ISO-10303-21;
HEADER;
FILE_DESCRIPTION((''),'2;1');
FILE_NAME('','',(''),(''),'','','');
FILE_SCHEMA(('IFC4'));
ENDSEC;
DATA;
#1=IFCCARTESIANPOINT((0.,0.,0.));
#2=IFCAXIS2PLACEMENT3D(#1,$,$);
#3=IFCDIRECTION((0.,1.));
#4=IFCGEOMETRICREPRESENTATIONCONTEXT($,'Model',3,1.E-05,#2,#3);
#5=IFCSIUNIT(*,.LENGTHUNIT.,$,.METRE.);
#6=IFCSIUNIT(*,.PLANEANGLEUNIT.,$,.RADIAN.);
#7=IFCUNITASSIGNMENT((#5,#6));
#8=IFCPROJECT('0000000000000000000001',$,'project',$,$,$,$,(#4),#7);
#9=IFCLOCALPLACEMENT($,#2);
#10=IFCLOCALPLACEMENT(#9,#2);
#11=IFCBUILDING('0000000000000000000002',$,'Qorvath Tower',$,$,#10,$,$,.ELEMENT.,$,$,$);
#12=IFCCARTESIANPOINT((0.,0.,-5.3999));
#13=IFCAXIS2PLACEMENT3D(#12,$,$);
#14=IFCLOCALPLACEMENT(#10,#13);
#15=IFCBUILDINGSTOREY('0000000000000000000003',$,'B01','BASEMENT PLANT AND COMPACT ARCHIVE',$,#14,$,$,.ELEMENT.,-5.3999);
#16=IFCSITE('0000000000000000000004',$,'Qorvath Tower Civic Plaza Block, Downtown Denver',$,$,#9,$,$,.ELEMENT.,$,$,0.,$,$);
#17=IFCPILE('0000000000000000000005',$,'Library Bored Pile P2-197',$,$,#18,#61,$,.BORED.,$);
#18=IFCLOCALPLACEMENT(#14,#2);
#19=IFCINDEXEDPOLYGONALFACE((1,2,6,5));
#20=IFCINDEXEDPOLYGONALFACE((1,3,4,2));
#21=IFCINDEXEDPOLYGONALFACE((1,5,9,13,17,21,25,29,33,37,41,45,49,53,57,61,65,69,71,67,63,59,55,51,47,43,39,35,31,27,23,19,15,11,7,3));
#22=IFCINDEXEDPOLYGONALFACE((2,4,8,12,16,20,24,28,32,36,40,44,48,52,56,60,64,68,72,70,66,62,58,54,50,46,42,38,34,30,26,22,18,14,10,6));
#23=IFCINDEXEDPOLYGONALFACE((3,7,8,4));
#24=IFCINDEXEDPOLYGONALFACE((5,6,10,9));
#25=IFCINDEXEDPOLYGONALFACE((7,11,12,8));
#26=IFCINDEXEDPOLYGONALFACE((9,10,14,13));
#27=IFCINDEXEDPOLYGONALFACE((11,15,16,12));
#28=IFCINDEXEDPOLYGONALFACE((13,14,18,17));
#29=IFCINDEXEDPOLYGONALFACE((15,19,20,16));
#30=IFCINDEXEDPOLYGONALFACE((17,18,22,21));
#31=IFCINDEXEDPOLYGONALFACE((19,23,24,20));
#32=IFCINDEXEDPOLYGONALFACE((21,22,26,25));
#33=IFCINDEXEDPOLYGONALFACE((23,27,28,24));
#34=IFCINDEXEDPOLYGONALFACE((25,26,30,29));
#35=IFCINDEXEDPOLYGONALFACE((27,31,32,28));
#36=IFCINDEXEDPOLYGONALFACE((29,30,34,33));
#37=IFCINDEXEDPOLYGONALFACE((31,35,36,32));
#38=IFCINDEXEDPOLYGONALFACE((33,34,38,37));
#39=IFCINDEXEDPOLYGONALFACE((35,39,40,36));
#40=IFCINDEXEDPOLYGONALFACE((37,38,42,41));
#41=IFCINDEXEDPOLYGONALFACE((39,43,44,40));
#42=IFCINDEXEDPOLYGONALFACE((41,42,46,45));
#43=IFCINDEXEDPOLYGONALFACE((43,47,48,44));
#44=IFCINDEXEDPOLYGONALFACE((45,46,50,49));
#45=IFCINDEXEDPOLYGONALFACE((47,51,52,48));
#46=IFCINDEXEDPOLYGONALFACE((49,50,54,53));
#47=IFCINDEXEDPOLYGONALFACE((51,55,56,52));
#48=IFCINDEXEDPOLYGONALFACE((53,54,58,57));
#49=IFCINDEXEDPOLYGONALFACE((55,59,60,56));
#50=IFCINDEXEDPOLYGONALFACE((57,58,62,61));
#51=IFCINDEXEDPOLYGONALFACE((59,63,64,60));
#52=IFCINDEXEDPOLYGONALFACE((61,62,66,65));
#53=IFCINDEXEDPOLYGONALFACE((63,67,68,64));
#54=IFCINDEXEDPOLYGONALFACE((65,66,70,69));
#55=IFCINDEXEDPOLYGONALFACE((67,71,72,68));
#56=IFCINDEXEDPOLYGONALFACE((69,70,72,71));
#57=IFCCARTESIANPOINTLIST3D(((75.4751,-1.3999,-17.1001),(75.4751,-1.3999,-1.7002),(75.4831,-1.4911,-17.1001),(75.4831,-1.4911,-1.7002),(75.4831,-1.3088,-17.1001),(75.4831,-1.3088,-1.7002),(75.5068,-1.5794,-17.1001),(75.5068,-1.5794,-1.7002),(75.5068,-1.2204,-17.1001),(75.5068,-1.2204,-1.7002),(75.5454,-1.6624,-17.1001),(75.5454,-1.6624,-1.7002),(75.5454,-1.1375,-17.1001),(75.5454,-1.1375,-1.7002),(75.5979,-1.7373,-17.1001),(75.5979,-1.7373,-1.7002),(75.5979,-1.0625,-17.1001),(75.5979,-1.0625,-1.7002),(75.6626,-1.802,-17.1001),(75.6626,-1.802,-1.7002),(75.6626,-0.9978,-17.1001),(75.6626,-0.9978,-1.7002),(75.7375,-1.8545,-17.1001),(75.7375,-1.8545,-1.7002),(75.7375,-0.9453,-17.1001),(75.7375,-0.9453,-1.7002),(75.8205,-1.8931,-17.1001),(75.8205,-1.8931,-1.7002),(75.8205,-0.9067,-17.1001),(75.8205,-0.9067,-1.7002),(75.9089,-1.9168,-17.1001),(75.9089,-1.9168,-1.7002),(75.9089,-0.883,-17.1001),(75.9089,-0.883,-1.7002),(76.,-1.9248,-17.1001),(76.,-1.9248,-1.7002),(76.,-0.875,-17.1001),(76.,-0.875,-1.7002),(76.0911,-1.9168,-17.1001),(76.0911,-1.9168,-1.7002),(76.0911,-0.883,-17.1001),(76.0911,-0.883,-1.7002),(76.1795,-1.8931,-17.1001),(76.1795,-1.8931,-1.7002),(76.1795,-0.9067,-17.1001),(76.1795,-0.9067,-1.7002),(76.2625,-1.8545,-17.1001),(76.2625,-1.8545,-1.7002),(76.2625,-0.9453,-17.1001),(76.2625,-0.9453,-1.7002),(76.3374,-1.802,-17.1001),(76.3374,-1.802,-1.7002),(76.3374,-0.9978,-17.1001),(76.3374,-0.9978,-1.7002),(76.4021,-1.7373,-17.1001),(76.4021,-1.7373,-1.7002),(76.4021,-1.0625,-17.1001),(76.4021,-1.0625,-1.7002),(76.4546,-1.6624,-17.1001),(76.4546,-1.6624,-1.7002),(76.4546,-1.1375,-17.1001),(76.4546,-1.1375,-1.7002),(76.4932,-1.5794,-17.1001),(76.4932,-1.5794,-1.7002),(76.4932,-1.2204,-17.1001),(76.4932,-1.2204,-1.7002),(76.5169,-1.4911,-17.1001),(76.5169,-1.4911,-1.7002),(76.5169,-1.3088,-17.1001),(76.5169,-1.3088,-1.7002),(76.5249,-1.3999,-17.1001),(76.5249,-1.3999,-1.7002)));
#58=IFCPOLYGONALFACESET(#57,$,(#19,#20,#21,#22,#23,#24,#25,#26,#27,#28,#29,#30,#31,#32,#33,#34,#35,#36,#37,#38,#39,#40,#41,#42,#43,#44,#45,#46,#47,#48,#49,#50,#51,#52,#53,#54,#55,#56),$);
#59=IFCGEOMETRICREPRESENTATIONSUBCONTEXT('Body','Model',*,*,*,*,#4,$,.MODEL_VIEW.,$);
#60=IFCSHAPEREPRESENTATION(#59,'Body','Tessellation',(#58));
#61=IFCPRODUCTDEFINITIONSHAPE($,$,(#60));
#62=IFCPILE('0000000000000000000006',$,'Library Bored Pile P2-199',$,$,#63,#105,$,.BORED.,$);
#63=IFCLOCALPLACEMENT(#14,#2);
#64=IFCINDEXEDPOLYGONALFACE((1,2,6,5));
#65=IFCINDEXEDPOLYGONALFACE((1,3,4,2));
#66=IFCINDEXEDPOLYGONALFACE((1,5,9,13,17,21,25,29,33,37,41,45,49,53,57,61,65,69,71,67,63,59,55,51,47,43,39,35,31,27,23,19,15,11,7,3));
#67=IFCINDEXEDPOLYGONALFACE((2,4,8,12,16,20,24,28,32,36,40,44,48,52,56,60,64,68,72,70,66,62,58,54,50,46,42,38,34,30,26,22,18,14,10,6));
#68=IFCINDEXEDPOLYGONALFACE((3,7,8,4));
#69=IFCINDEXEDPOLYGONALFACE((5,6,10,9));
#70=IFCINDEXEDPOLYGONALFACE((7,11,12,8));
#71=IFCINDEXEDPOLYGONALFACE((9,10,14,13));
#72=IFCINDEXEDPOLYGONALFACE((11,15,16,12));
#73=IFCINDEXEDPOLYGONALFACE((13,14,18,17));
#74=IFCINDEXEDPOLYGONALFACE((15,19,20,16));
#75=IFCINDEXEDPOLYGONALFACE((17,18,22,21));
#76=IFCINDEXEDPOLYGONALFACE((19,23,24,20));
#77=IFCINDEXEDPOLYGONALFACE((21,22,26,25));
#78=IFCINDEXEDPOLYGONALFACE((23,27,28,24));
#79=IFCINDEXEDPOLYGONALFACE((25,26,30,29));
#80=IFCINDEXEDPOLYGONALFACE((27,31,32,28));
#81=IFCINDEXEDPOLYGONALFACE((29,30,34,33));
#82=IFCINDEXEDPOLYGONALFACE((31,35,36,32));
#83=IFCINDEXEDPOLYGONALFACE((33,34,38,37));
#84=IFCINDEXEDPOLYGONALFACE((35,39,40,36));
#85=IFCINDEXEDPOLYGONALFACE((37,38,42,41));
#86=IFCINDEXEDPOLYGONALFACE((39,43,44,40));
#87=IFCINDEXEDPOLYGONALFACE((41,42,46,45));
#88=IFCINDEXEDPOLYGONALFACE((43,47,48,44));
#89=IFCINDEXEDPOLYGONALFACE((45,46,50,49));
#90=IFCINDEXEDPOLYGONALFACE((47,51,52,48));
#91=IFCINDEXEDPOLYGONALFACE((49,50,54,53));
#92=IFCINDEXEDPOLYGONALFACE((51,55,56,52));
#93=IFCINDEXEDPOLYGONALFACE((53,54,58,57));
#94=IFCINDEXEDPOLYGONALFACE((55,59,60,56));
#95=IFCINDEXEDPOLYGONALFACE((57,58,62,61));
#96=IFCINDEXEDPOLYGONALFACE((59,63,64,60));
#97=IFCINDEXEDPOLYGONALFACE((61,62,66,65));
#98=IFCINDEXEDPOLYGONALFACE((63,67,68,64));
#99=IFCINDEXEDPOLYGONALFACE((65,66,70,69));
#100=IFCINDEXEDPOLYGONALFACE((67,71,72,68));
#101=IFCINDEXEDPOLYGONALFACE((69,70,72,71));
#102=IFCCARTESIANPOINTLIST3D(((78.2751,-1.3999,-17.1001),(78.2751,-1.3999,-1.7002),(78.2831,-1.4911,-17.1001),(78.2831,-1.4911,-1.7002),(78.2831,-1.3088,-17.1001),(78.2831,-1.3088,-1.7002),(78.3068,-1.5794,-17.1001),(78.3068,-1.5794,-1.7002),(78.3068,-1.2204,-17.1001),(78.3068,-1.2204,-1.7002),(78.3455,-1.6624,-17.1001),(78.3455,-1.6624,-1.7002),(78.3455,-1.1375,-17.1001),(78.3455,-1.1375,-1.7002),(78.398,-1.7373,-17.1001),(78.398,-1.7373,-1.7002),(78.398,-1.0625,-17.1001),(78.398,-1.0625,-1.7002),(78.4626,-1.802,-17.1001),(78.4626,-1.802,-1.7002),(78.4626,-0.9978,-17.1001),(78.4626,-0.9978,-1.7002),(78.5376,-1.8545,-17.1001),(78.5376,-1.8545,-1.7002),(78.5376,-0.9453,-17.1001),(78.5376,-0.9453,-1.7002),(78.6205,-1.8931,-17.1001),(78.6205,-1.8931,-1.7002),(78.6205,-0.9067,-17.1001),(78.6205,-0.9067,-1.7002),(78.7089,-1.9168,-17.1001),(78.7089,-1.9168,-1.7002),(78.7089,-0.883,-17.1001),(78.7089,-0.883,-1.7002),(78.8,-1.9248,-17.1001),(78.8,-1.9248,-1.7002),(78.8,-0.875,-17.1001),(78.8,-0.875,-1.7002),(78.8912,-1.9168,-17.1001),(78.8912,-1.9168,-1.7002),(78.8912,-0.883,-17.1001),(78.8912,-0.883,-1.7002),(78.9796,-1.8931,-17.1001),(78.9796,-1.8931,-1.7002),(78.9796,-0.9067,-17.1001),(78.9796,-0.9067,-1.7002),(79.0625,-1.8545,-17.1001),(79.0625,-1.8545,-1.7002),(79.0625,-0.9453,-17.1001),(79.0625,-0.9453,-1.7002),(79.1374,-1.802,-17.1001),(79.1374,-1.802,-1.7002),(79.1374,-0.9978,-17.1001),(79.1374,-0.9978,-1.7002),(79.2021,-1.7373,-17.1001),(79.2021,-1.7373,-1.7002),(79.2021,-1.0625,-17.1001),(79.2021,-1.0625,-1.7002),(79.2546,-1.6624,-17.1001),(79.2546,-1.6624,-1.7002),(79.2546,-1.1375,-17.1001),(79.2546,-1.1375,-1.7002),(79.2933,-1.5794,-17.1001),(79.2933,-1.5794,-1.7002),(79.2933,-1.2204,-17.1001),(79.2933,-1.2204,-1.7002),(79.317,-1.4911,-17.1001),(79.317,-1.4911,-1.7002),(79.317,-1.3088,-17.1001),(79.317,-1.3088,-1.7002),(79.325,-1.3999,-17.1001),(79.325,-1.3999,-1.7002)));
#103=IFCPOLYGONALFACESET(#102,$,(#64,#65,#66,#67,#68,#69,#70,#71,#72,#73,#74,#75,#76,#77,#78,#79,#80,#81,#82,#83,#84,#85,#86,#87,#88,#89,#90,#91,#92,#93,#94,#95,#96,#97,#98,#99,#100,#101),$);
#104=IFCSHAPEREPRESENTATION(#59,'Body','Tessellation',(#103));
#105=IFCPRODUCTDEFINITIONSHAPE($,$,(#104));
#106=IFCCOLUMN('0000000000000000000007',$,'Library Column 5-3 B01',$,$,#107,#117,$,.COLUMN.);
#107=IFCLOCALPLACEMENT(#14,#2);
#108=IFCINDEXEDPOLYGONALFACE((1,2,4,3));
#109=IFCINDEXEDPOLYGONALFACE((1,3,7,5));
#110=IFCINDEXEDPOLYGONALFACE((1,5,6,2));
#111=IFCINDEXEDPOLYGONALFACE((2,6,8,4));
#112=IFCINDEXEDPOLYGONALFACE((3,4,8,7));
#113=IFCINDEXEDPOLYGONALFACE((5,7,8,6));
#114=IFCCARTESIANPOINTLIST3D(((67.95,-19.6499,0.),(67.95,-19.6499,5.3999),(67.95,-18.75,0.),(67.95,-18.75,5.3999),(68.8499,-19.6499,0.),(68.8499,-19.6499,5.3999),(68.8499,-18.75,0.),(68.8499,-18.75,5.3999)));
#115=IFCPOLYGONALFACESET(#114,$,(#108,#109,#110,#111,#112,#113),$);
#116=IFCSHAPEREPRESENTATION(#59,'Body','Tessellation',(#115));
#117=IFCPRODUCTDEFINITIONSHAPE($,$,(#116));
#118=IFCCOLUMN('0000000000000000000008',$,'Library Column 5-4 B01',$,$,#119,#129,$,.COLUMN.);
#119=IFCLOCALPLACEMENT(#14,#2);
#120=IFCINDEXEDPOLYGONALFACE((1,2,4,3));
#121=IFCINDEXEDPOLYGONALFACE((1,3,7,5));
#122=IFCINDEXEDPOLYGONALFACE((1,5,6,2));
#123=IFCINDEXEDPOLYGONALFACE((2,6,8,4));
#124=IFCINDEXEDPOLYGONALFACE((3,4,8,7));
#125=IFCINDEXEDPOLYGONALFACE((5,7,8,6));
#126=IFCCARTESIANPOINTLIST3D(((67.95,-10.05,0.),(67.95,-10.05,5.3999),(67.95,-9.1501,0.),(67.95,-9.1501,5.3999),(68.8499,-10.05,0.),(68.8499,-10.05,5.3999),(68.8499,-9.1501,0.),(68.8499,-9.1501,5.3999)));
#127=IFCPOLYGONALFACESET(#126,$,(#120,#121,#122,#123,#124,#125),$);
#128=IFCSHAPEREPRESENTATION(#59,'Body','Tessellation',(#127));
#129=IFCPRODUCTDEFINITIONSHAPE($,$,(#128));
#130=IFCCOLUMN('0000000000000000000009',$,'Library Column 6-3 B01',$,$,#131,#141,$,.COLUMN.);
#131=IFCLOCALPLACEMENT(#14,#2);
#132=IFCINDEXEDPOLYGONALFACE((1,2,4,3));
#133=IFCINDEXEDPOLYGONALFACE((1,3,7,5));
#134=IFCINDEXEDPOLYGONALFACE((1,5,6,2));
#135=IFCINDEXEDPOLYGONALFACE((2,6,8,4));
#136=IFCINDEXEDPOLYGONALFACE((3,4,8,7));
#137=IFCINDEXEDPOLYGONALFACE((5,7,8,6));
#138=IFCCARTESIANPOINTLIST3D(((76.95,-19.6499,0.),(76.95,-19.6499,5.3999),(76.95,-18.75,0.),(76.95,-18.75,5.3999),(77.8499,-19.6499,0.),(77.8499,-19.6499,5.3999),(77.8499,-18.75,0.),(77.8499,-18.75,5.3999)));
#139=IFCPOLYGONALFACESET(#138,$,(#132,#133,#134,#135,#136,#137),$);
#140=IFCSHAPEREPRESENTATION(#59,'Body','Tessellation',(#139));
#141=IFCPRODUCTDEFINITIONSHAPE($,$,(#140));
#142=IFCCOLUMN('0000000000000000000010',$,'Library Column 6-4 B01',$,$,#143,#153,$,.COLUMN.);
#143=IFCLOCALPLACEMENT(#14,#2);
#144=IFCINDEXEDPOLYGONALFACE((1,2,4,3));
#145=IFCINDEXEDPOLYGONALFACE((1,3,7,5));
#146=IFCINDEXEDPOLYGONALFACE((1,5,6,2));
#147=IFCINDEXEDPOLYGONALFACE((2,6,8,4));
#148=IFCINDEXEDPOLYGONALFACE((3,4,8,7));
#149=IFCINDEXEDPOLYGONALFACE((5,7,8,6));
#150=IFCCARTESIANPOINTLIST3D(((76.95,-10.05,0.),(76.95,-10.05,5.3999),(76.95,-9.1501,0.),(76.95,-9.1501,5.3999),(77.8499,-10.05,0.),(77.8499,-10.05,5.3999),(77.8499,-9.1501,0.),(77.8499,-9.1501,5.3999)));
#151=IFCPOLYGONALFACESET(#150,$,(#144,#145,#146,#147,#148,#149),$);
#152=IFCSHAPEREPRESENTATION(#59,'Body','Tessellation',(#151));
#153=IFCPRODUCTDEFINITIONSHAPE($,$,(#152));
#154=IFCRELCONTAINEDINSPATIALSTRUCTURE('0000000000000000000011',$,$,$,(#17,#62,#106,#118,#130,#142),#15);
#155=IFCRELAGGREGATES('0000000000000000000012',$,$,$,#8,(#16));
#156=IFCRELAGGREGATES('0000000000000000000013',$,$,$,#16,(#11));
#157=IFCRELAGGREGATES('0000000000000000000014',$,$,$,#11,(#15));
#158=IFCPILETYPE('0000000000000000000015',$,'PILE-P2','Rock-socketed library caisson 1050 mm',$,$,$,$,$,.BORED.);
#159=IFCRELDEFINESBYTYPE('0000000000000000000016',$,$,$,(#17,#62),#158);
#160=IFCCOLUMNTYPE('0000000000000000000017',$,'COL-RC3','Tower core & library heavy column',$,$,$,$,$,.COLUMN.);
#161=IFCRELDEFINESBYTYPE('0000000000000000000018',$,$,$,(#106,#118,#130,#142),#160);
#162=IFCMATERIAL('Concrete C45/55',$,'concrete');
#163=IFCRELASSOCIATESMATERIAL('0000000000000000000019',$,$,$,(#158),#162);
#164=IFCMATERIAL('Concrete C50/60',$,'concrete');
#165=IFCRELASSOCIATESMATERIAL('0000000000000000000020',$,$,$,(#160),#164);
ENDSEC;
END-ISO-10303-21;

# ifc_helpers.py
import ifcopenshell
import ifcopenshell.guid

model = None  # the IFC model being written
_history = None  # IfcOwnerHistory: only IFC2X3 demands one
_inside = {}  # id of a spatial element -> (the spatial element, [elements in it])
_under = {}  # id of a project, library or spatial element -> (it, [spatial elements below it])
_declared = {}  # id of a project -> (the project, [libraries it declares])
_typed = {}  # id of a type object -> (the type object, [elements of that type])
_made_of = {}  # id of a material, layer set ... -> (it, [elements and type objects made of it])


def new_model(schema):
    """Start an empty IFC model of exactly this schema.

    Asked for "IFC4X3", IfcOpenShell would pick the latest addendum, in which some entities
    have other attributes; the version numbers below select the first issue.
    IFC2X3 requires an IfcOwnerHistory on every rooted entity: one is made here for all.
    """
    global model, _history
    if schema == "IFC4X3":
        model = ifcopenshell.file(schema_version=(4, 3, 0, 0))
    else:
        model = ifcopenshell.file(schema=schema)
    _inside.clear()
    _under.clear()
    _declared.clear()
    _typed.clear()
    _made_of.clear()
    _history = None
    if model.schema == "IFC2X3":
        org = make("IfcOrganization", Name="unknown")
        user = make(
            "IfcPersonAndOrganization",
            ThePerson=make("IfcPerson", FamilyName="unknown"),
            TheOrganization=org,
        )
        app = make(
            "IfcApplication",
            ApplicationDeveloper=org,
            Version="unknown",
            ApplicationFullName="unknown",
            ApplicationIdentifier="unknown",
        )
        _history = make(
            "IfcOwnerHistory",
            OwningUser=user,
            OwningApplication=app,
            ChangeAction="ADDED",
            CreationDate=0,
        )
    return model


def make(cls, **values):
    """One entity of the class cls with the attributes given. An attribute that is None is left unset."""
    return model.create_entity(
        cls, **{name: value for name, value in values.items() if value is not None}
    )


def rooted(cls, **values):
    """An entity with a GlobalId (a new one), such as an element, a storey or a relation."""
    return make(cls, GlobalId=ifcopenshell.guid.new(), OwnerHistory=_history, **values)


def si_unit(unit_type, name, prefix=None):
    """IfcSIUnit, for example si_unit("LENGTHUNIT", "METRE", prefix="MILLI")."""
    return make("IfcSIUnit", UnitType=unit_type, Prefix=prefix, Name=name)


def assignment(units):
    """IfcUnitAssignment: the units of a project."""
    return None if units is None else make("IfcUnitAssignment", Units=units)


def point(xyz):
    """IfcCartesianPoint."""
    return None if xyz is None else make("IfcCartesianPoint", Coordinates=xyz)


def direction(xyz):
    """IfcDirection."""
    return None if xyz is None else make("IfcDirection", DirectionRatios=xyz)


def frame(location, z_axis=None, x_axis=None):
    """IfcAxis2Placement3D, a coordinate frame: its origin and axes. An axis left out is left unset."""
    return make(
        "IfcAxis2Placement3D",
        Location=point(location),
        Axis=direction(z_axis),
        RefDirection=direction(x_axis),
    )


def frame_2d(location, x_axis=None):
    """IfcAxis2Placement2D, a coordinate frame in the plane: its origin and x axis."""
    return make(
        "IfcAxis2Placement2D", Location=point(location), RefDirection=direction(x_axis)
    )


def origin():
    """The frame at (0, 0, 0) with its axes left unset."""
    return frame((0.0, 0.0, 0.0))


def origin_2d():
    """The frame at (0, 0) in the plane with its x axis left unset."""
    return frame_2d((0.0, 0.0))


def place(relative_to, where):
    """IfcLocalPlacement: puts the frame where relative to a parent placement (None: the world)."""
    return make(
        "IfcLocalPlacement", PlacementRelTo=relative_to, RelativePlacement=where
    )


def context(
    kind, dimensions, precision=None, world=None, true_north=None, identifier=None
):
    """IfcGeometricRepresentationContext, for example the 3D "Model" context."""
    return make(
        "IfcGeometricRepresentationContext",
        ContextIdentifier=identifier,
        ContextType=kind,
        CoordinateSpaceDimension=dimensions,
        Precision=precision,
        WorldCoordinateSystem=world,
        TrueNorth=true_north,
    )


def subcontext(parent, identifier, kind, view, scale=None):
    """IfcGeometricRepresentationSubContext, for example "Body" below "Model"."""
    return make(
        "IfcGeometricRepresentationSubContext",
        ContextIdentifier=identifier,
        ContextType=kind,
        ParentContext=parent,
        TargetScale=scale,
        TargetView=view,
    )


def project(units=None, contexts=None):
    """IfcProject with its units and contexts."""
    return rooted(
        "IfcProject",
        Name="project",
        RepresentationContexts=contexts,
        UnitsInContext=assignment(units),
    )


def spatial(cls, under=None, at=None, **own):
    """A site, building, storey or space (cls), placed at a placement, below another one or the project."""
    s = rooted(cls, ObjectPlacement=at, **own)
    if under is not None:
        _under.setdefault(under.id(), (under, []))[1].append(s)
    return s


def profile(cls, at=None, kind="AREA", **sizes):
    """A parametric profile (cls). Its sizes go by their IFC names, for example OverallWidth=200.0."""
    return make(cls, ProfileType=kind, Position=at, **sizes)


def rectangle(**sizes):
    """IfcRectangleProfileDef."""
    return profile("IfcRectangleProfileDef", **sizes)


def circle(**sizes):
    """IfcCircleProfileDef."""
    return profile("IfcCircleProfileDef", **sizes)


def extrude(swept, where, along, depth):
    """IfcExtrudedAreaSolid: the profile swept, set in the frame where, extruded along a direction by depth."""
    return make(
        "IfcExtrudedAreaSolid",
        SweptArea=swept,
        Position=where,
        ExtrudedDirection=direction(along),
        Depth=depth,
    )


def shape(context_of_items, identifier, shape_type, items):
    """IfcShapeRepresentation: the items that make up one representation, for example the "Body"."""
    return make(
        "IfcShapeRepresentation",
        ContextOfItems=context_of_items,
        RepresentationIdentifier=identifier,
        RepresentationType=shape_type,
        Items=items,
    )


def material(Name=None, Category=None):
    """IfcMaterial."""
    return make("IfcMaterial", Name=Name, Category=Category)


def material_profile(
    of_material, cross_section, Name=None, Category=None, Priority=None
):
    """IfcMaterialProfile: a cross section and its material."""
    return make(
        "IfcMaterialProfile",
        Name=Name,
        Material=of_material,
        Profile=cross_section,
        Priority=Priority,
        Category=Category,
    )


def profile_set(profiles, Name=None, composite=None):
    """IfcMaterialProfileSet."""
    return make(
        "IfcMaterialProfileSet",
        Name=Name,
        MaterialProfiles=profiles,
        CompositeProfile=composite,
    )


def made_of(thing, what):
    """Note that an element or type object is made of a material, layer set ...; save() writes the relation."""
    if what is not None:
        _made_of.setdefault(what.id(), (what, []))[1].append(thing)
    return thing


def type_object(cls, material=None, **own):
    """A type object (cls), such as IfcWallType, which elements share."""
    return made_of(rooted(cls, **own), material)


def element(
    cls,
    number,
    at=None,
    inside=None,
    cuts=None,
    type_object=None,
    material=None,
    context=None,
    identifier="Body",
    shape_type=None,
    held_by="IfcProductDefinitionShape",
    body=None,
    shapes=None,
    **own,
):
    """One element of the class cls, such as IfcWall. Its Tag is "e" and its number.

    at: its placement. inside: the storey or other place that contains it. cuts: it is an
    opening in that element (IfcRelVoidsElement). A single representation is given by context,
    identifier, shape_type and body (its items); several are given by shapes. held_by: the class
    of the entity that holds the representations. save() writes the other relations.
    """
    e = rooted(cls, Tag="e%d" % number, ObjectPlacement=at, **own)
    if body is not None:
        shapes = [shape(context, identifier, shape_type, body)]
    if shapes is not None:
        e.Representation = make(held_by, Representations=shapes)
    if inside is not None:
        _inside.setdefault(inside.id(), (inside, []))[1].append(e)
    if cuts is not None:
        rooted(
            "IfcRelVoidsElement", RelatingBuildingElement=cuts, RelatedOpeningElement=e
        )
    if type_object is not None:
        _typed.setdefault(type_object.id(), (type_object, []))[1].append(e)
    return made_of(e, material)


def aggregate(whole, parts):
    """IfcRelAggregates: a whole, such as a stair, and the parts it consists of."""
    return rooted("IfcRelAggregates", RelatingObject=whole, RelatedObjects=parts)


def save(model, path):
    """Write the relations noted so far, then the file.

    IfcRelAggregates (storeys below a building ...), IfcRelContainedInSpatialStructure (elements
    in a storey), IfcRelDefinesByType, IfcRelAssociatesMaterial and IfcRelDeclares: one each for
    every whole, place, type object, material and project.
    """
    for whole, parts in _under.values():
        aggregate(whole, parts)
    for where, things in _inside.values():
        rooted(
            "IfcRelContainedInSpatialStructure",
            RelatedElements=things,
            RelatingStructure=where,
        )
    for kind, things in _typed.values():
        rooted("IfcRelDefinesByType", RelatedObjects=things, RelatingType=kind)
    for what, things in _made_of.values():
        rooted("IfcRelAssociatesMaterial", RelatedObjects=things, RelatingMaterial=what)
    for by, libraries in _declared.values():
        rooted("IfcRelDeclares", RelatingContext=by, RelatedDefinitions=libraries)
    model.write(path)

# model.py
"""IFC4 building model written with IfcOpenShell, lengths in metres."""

from ifc_helpers import new_model, si_unit, direction, frame, origin, origin_2d, place, context, subcontext, project, spatial, rectangle, circle, extrude, material, material_profile, profile_set, type_object, element, save


model = new_model("IFC4")

# Units and contexts
model_context = context("Model", 3, precision=1e-05, world=origin(), true_north=direction((0.0, 1.0)))
body_context = subcontext(model_context, "Body", "Model", "MODEL_VIEW")
ifc_project = project(units=[si_unit("LENGTHUNIT", "METRE"), si_unit("PLANEANGLEUNIT", "RADIAN")], contexts=[model_context])

# Site, building, storey
site_placement = place(None, origin())
site = spatial("IfcSite", under=ifc_project, at=site_placement, Name="Qorvath Tower Civic Plaza Block, Downtown Denver", CompositionType="ELEMENT", RefElevation=0.0)
building_placement = place(site_placement, origin())
building = spatial("IfcBuilding", under=site, at=building_placement, Name="Qorvath Tower", CompositionType="ELEMENT")
storey_placement = place(building_placement, frame((0.0, 0.0, -5.3999)))
storey = spatial("IfcBuildingStorey", under=building, at=storey_placement, Name="B01", Description="BASEMENT PLANT AND COMPACT ARCHIVE", CompositionType="ELEMENT", Elevation=-5.3999)

# Piles
ifc_material_1 = material(Name="Concrete C45/55", Category="concrete")
ifc_material_profile_1 = material_profile(ifc_material_1, circle(Radius=0.5249, at=origin_2d()), Name="BORED PILE 1050")
ifc_profile_set_1 = profile_set([ifc_material_profile_1], Name="Concrete C45/55")
pile_type = type_object("IfcPileType", Name="PILE-P2", Description="Rock-socketed library caisson 1050 mm", PredefinedType="BORED", material=ifc_profile_set_1)
for number, where, z_axis, x_axis, name in (
    (1, (76.0, -1.3999, -1.7002), (0.0, 0.0, -1.0), (1.0, 0.0, 0.0), "Library Bored Pile P2-197"),
    (2, (78.8, -1.3999, -1.7002), (0.0, 0.0, -1.0), (1.0, 0.0, 0.0), "Library Bored Pile P2-199"),
):
    element("IfcPile", number, at=place(storey_placement, frame(where, z_axis=z_axis, x_axis=x_axis)), inside=storey, type_object=pile_type, Name=name, PredefinedType="BORED", context=body_context, shape_type="SweptSolid", body=[
        extrude(circle(Radius=0.5249, at=origin_2d()), origin(), (0.0, 0.0, 1.0), 15.3999),
    ])

# Columns
ifc_material_2 = material(Name="Concrete C50/60", Category="concrete")
ifc_material_profile_2 = material_profile(ifc_material_2, rectangle(XDim=0.8999, YDim=0.8999, at=origin_2d()), Name="RC 900x900")
ifc_profile_set_2 = profile_set([ifc_material_profile_2], Name="Concrete C50/60")
column_type = type_object("IfcColumnType", Name="COL-RC3", Description="Tower core & library heavy column", PredefinedType="COLUMN", material=ifc_profile_set_2)
for number, where, z_axis, x_axis, name in (
    (3, (68.3999, -19.2, 0.0), (0.0, 0.0, 1.0), (1.0, 0.0, 0.0), "Library Column 5-3 B01"),
    (4, (68.3999, -9.6001, 0.0), (0.0, 0.0, 1.0), (1.0, 0.0, 0.0), "Library Column 5-4 B01"),
    (5, (77.3999, -19.2, 0.0), (0.0, 0.0, 1.0), (1.0, 0.0, 0.0), "Library Column 6-3 B01"),
    (6, (77.3999, -9.6001, 0.0), (0.0, 0.0, 1.0), (1.0, 0.0, 0.0), "Library Column 6-4 B01"),
):
    element("IfcColumn", number, at=place(storey_placement, frame(where, z_axis=z_axis, x_axis=x_axis)), inside=storey, type_object=column_type, Name=name, PredefinedType="COLUMN", context=body_context, shape_type="SweptSolid", body=[
        extrude(rectangle(XDim=0.8999, YDim=0.8999, at=origin_2d()), origin(), (0.0, 0.0, 1.0), 5.3999),
    ])

save(model, "model.ifc")
